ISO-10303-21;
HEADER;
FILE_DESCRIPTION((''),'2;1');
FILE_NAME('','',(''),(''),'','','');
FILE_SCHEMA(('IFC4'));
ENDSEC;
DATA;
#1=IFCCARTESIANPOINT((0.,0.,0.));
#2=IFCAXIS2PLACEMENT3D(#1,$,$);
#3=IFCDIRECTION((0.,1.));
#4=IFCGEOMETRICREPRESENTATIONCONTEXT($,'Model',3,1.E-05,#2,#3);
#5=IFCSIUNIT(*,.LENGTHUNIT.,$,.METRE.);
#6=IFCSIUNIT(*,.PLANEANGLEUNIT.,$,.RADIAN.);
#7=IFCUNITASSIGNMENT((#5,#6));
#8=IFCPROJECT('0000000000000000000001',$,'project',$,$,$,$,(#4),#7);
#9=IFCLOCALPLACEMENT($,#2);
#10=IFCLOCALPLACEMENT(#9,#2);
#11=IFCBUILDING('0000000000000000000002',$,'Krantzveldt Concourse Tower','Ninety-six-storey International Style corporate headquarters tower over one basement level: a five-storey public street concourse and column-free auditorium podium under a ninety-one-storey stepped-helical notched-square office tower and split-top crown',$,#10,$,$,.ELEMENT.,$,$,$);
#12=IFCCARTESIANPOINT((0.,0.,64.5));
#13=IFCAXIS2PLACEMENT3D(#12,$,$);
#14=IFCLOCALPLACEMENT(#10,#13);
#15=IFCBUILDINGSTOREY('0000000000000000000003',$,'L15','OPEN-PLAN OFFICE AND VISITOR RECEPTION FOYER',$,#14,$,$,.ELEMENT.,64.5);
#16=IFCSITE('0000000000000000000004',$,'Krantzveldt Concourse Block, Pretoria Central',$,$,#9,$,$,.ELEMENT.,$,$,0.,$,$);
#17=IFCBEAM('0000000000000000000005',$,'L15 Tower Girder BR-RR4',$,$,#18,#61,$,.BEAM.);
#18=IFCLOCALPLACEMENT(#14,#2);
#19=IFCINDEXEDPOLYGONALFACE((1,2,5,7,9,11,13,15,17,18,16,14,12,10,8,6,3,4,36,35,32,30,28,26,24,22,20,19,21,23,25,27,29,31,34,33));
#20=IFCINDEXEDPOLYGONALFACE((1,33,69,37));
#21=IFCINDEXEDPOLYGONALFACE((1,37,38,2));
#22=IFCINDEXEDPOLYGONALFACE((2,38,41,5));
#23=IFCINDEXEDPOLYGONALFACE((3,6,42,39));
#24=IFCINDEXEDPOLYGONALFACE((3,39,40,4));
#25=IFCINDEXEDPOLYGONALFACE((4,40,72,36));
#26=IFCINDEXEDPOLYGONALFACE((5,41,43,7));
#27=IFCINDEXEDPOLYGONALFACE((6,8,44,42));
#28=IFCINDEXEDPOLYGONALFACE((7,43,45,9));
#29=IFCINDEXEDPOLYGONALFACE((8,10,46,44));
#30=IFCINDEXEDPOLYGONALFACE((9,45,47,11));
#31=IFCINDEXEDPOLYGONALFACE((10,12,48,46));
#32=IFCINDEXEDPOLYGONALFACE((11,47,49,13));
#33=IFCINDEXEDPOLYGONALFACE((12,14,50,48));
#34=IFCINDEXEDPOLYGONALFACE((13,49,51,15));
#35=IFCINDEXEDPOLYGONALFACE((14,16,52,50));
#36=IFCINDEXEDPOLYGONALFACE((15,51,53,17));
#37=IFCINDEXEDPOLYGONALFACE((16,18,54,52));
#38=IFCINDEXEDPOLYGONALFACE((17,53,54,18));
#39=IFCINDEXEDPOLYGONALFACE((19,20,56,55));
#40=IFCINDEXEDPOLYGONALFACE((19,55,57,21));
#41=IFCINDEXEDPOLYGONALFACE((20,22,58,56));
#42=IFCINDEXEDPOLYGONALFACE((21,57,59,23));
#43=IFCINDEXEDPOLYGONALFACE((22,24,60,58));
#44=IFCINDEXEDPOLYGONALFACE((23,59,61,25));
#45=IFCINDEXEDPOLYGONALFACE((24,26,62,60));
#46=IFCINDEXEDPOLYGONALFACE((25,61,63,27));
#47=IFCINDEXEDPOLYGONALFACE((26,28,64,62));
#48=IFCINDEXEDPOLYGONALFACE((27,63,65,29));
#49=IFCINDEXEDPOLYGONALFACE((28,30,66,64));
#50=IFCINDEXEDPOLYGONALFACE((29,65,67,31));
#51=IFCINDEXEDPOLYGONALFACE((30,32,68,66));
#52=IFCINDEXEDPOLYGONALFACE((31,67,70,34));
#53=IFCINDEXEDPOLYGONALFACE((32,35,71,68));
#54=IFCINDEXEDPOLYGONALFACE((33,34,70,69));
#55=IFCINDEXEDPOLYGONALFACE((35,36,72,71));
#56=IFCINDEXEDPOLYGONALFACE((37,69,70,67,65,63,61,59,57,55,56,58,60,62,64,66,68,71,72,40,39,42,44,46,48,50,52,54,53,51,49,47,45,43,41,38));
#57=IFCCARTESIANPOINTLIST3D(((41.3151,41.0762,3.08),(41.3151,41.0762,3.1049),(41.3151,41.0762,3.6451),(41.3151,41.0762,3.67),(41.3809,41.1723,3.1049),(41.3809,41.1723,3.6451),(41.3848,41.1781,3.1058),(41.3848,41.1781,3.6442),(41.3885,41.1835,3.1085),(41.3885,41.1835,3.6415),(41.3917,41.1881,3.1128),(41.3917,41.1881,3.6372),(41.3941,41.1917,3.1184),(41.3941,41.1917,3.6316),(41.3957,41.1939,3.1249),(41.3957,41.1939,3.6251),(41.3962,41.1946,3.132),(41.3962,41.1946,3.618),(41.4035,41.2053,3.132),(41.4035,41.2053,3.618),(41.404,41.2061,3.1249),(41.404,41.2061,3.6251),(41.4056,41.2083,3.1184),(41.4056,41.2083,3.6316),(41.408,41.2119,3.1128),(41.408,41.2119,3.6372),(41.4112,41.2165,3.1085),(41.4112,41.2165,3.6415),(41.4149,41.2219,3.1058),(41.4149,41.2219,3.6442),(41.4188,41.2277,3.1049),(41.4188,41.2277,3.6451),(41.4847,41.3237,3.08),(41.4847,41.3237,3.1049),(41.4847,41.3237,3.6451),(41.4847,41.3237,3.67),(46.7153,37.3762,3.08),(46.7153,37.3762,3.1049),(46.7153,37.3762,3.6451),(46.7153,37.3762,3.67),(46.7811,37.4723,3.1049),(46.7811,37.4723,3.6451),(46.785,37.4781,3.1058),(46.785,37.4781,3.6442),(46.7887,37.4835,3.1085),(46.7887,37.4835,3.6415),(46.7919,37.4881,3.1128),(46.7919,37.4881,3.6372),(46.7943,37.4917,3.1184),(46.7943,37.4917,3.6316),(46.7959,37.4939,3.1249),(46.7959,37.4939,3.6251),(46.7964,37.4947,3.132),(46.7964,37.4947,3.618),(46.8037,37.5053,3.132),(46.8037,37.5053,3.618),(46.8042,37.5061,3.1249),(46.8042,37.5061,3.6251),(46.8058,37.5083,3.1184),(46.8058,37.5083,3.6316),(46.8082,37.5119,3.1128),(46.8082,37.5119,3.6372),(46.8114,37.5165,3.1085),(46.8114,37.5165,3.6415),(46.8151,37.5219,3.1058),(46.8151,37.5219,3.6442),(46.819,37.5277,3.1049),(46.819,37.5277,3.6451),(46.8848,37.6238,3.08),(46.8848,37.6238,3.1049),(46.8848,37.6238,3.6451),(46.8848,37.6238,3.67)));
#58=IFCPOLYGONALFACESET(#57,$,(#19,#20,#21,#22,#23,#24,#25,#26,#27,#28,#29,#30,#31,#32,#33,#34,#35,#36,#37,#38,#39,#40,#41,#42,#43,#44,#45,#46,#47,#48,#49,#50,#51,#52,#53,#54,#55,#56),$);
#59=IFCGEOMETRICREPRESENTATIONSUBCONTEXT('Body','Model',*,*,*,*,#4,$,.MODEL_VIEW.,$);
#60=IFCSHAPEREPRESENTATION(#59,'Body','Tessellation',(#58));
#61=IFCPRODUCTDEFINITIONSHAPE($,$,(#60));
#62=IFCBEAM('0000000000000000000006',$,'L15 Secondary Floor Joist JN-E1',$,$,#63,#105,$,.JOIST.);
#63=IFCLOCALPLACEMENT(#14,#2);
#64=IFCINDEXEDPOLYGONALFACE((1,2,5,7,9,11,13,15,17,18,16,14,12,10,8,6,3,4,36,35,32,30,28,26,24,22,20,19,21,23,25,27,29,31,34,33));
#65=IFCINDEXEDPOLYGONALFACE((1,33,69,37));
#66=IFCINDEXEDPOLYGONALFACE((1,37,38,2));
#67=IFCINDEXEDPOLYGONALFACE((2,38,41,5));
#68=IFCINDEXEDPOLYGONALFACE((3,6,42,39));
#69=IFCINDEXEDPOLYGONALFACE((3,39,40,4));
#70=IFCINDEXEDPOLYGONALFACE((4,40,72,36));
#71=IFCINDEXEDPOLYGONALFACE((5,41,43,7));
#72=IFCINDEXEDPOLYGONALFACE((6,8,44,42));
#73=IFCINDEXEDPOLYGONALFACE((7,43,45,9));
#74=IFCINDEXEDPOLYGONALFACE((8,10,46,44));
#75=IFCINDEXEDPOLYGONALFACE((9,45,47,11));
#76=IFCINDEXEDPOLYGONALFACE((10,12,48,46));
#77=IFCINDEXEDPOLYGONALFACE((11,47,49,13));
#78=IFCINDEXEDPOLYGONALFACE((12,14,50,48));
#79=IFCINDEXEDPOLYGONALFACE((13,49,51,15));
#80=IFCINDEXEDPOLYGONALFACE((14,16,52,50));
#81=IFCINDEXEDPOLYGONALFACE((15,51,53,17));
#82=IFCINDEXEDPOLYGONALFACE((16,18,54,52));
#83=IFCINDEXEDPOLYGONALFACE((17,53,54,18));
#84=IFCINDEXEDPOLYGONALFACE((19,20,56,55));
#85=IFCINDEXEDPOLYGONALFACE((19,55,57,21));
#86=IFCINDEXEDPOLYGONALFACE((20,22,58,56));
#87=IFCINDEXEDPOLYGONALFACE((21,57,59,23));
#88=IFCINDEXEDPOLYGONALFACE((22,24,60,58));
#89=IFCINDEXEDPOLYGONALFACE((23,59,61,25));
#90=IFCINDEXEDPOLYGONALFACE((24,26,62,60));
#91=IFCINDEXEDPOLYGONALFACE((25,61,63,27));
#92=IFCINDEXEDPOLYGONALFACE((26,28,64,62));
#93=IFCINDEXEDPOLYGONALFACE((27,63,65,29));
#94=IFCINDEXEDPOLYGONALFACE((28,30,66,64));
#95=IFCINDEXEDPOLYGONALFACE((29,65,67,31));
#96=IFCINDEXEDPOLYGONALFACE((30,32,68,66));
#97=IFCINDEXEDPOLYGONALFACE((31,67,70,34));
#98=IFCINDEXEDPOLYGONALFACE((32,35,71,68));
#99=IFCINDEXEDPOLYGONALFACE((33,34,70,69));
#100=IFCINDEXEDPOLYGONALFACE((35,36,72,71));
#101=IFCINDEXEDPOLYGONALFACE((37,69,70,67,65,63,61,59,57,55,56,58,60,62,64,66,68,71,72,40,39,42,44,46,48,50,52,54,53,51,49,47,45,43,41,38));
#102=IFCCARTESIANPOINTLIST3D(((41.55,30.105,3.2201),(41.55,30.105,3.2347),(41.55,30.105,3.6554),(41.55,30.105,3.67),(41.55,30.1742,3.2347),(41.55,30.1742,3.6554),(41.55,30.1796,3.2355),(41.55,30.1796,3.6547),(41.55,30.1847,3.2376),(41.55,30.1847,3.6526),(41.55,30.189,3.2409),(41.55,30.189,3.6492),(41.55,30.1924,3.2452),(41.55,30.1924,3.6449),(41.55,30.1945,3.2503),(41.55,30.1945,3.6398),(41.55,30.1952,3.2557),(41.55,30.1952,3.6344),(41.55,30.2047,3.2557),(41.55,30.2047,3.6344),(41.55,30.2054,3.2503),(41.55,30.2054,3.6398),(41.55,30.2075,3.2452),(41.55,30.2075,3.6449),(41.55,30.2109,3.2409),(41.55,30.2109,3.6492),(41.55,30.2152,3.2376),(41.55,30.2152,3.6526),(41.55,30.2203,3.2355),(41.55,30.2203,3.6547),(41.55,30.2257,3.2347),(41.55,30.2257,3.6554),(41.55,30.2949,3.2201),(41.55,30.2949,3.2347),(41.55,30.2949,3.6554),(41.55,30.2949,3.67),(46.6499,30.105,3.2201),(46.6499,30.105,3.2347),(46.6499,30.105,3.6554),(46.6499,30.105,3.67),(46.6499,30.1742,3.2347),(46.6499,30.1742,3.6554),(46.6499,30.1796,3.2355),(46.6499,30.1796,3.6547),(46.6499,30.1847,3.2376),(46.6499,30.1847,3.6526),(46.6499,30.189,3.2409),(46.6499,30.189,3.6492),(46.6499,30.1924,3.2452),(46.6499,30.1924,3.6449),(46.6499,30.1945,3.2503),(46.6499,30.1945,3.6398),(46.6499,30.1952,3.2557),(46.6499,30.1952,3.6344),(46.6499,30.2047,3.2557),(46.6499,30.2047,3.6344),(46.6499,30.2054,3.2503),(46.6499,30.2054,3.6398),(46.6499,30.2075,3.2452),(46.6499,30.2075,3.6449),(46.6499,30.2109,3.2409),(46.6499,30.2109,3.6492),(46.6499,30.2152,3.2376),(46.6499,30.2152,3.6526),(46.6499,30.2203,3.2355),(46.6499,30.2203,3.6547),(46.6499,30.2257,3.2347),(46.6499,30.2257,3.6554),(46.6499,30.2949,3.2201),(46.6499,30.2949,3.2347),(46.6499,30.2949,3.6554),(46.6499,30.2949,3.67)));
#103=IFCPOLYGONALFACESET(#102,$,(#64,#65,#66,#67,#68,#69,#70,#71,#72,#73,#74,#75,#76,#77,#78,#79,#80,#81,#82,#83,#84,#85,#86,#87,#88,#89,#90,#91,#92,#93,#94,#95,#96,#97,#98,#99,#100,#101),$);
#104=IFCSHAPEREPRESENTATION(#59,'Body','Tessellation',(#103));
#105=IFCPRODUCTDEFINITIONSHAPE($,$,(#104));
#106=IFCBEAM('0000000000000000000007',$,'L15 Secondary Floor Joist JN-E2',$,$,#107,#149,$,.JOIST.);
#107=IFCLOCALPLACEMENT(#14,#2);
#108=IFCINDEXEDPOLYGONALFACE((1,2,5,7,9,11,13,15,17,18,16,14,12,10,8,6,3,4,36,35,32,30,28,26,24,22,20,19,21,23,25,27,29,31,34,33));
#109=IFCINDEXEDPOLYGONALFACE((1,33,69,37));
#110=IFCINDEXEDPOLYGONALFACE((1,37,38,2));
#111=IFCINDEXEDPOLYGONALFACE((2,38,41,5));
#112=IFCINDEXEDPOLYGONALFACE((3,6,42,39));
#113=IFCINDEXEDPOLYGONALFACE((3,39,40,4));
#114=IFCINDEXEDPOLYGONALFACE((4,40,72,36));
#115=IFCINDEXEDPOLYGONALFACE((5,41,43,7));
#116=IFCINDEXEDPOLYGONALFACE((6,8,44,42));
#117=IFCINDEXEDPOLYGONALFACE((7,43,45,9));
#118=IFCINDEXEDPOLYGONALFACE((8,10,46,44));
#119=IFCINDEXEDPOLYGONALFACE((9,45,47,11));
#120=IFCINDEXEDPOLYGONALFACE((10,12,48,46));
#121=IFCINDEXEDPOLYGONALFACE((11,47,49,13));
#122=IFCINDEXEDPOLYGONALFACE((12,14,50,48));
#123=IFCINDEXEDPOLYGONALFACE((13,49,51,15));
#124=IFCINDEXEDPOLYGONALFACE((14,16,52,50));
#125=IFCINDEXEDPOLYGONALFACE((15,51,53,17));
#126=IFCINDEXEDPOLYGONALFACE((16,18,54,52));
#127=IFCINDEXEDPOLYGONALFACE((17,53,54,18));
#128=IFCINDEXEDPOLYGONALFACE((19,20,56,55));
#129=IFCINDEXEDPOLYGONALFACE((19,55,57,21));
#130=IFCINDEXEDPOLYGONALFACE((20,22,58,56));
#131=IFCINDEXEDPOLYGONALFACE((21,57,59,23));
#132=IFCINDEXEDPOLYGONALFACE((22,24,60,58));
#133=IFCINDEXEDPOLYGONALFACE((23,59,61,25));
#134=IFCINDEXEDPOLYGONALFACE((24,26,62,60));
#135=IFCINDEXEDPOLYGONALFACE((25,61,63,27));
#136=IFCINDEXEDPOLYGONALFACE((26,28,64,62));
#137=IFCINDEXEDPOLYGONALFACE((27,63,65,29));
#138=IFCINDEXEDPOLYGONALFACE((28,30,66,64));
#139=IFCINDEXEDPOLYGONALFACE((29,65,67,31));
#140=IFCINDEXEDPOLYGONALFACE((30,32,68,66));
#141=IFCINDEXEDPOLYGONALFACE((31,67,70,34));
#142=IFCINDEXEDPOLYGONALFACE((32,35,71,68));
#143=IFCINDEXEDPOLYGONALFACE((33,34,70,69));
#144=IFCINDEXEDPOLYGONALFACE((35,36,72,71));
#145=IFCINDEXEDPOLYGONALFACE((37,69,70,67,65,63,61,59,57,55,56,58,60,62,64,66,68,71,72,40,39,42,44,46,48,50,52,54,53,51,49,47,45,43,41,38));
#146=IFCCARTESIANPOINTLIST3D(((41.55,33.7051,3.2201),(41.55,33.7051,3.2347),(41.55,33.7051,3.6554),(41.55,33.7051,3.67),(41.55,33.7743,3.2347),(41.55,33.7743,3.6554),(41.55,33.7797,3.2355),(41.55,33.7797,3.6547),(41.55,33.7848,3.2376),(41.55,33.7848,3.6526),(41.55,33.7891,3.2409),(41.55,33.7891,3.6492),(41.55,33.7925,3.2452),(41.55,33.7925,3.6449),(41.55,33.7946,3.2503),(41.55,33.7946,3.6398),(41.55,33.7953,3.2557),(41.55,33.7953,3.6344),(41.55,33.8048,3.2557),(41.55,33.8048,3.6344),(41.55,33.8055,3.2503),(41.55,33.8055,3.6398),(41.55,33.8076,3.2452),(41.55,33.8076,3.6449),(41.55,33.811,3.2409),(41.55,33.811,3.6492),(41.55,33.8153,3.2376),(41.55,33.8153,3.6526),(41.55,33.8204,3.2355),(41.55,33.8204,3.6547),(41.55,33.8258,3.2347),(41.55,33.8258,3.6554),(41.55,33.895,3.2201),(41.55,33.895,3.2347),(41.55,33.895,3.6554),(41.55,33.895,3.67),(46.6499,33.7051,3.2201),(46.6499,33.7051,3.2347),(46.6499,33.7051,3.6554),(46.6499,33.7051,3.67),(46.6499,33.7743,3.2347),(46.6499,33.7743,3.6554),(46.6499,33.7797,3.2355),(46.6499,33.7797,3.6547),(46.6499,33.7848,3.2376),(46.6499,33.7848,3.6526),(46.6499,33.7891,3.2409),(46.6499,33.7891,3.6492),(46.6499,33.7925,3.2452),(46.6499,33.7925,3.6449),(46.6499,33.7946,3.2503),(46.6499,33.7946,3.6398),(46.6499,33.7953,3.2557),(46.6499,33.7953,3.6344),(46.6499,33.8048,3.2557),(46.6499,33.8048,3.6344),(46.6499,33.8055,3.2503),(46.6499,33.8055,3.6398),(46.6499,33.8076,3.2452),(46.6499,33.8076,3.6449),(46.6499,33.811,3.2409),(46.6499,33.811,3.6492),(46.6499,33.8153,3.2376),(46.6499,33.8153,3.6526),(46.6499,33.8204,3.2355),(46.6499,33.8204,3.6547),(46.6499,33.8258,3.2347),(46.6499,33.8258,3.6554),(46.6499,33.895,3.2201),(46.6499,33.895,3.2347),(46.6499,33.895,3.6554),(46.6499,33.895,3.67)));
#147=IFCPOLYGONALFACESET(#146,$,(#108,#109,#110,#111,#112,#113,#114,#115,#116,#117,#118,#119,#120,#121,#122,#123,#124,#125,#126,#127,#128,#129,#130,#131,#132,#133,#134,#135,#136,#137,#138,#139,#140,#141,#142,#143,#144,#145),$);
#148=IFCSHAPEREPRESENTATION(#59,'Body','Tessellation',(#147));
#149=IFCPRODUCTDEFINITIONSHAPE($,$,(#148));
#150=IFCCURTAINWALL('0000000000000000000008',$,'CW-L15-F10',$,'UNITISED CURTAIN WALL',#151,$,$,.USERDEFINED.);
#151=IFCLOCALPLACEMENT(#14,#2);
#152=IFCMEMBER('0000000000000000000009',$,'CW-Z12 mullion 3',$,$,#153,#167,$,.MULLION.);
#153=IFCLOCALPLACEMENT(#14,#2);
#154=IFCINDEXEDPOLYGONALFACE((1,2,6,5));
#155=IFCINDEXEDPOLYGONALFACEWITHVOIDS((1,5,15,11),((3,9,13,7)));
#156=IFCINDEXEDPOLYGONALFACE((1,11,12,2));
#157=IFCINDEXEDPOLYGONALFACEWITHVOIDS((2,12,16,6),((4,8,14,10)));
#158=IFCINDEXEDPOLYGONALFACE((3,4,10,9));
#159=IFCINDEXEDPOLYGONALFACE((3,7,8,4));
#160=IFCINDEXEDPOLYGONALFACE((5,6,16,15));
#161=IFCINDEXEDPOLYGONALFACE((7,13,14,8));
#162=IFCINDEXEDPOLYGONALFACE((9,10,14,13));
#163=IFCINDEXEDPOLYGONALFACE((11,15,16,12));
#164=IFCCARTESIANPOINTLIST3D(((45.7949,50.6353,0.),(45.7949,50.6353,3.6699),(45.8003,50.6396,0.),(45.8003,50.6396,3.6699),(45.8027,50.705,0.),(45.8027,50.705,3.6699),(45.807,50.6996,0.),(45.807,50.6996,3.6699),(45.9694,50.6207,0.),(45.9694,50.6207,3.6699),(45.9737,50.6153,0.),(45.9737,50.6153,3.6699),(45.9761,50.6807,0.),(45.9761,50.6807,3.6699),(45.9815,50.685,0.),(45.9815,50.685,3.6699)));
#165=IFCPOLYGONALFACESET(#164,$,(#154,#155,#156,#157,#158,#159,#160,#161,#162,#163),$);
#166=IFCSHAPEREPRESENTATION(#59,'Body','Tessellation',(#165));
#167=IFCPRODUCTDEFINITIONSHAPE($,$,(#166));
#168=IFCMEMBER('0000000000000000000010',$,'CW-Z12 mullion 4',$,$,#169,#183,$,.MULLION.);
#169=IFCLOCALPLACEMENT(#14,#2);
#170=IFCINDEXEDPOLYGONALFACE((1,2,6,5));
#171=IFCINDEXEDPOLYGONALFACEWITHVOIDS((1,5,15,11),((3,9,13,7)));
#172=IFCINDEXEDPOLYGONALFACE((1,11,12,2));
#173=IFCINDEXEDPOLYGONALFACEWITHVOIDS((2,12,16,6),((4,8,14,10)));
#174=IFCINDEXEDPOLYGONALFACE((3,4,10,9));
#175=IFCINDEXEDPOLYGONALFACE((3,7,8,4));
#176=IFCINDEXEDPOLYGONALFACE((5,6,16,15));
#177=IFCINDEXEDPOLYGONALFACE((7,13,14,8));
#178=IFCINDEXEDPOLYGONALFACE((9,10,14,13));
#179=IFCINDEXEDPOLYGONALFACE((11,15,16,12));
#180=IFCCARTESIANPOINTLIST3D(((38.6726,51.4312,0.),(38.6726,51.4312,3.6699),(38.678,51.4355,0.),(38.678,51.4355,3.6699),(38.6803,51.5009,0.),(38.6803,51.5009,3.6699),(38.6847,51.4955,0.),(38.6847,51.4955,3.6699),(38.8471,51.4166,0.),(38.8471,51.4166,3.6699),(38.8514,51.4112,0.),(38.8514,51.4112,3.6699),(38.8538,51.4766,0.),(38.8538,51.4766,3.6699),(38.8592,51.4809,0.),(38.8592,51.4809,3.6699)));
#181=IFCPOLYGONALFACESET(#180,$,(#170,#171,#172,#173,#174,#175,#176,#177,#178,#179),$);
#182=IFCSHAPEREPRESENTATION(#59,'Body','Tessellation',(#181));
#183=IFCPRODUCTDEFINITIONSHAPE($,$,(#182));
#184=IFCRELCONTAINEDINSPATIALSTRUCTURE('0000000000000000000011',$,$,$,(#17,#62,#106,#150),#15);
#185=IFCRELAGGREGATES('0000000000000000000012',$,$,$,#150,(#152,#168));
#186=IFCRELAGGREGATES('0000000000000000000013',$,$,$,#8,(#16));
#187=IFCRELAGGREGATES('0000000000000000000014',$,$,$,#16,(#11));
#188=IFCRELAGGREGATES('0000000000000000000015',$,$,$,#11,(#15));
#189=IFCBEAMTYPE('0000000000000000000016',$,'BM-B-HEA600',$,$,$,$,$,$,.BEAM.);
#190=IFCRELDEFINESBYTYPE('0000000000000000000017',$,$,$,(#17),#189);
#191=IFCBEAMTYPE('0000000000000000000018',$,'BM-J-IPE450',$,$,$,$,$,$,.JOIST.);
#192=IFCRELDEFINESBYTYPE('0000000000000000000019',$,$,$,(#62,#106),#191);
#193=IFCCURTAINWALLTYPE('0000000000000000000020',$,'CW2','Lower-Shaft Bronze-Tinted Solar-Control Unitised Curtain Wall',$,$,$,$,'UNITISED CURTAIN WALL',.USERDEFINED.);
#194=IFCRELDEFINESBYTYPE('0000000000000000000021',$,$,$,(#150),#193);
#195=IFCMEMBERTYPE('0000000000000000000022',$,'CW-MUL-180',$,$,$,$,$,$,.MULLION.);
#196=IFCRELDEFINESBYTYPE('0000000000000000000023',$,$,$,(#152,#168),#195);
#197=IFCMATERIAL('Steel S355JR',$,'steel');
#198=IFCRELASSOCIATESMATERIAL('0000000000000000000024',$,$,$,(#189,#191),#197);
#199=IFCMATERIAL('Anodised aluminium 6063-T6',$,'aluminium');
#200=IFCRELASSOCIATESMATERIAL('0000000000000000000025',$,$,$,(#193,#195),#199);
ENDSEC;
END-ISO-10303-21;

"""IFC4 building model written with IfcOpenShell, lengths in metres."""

from ifc_helpers import new_model, si_unit, direction, frame, origin, origin_2d, place, context, subcontext, project, spatial, hollow_rectangle, i_section, extrude, source, transform, mapped, material, material_profile, profile_set, type_object, type_shapes, element, aggregate, save


model = new_model("IFC4")

# Units and contexts
model_context = context("Model", 3, precision=1e-05, world=origin(), true_north=direction((0.0, 1.0)))
body_context = subcontext(model_context, "Body", "Model", "MODEL_VIEW")
ifc_project = project(units=[si_unit("LENGTHUNIT", "METRE"), si_unit("PLANEANGLEUNIT", "RADIAN")], contexts=[model_context])

# Site, building, storey
site_placement = place(None, origin())
site = spatial("IfcSite", under=ifc_project, at=site_placement, Name="Krantzveldt Concourse Block, Pretoria Central", CompositionType="ELEMENT", RefElevation=0.0)
building_placement = place(site_placement, origin())
building = spatial("IfcBuilding", under=site, at=building_placement, Name="Krantzveldt Concourse Tower", Description="Ninety-six-storey International Style corporate headquarters tower over one basement level: a five-storey public street concourse and column-free auditorium podium under a ninety-one-storey stepped-helical notched-square office tower and split-top crown", CompositionType="ELEMENT")
storey_placement = place(building_placement, frame((0.0, 0.0, 64.5)))
storey = spatial("IfcBuildingStorey", under=building, at=storey_placement, Name="L15", Description="OPEN-PLAN OFFICE AND VISITOR RECEPTION FOYER", CompositionType="ELEMENT", Elevation=64.5)

# Beams
ifc_material_1 = material(Name="Steel S355JR", Category="steel")
ifc_material_profile_1 = material_profile(ifc_material_1, i_section(OverallWidth=0.3, OverallDepth=0.5901, WebThickness=0.0129, FlangeThickness=0.0249, FilletRadius=0.0271, at=origin_2d()), Name="Steel S355JR", Category="steel")
ifc_profile_set_1 = profile_set([ifc_material_profile_1], Name="Steel S355JR - HEA 600")
beam_type_1 = type_object("IfcBeamType", Name="BM-B-HEA600", PredefinedType="BEAM", material=ifc_profile_set_1)
shared_shape_1 = source(origin(), body_context, "Body", "SweptSolid", [
    extrude(i_section(OverallWidth=0.3, OverallDepth=0.5901, WebThickness=0.0129, FlangeThickness=0.0249, FilletRadius=0.0271, at=origin_2d()), origin(), (0.0, 0.0, 1.0), 6.5461),
])
beam_1_placement = place(storey_placement, frame((46.8, 37.5, 3.375), z_axis=(-0.824943, 0.565216, 0.0), x_axis=(-0.565216, -0.824943, 0.0)))
element("IfcBeam", 1, at=beam_1_placement, inside=storey, type_object=beam_type_1, Name="L15 Tower Girder BR-RR4", PredefinedType="BEAM", context=body_context, shape_type="MappedRepresentation", body=[
    mapped(shared_shape_1, transform((0.0, 0.0, 0.0), x_axis=(1.0, 0.0, 0.0), y_axis=(0.0, 1.0, 0.0), z_axis=(0.0, 0.0, 1.0), scale=1.0)),
])
ifc_material_profile_2 = material_profile(ifc_material_1, i_section(OverallWidth=0.1899, OverallDepth=0.45, WebThickness=0.0095, FlangeThickness=0.0146, FilletRadius=0.021, at=origin_2d()), Name="Steel S355JR", Category="steel")
ifc_profile_set_2 = profile_set([ifc_material_profile_2], Name="Steel S355JR - IPE 450")
beam_type_2 = type_object("IfcBeamType", Name="BM-J-IPE450", PredefinedType="JOIST", material=ifc_profile_set_2)
shared_shape_2 = source(origin(), body_context, "Body", "SweptSolid", [
    extrude(i_section(OverallWidth=0.1899, OverallDepth=0.45, WebThickness=0.0095, FlangeThickness=0.0146, FilletRadius=0.021, at=origin_2d()), origin(), (0.0, 0.0, 1.0), 5.0999),
])
type_shapes(beam_type_2, [shared_shape_2])
for number, where, z_axis, x_axis, name in (
    (2, (41.55, 30.2, 3.4451), (1.0, 0.0, 0.0), (0.0, 1.0, 0.0), "L15 Secondary Floor Joist JN-E1"),
    (3, (41.55, 33.8, 3.4451), (1.0, 0.0, 0.0), (0.0, 1.0, 0.0), "L15 Secondary Floor Joist JN-E2"),
):
    element("IfcBeam", number, at=place(storey_placement, frame(where, z_axis=z_axis, x_axis=x_axis)), inside=storey, type_object=beam_type_2, Name=name, PredefinedType="JOIST", context=body_context, shape_type="MappedRepresentation", body=[
        mapped(shared_shape_2, transform((0.0, 0.0, 0.0), x_axis=(1.0, 0.0, 0.0), y_axis=(0.0, 1.0, 0.0), z_axis=(0.0, 0.0, 1.0), scale=1.0)),
    ])

# Curtain wall, members
ifc_material_2 = material(Name="Anodised aluminium 6063-T6", Category="aluminium")
curtain_wall_type = type_object("IfcCurtainWallType", Name="CW2", Description="Lower-Shaft Bronze-Tinted Solar-Control Unitised Curtain Wall", ElementType="UNITISED CURTAIN WALL", PredefinedType="USERDEFINED", material=ifc_material_2)
curtain_wall_placement = place(storey_placement, origin())
curtain_wall = element("IfcCurtainWall", 4, at=curtain_wall_placement, inside=storey, type_object=curtain_wall_type, Name="CW-L15-F10", ObjectType="UNITISED CURTAIN WALL", PredefinedType="USERDEFINED")
ifc_material_profile_3 = material_profile(ifc_material_2, hollow_rectangle(XDim=0.0701, YDim=0.1799, WallThickness=0.0049, at=origin_2d()), Name="Anodised aluminium 6063-T6", Category="aluminium")
ifc_profile_set_3 = profile_set([ifc_material_profile_3], Name="Anodised aluminium 6063-T6 - ALU-MULL 180x70x5")
member_type_1 = type_object("IfcMemberType", Name="CW-MUL-180", PredefinedType="MULLION", material=ifc_profile_set_3)
shared_shape_3 = source(origin(), body_context, "Body", "SweptSolid", [
    extrude(hollow_rectangle(XDim=0.0701, YDim=0.1799, WallThickness=0.0049, at=origin_2d()), origin(), (0.0, 0.0, 1.0), 3.6699),
])
type_shapes(member_type_1, [shared_shape_3])
member_1_placement = place(storey_placement, frame((45.8882, 50.6602, 0.0), z_axis=(0.0, 0.0, 1.0), x_axis=(-0.111035, -0.993816, 0.0)))
member_1 = element("IfcMember", 5, at=member_1_placement, type_object=member_type_1, Name="CW-Z12 mullion 3", PredefinedType="MULLION", context=body_context, shape_type="MappedRepresentation", body=[
    mapped(shared_shape_3, transform((0.0, 0.0, 0.0), x_axis=(1.0, 0.0, 0.0), y_axis=(0.0, 1.0, 0.0), z_axis=(0.0, 0.0, 1.0), scale=1.0)),
])
member_2_placement = place(storey_placement, frame((38.7659, 51.4561, 0.0), z_axis=(0.0, 0.0, 1.0), x_axis=(-0.111035, -0.993816, 0.0)))
member_2 = element("IfcMember", 6, at=member_2_placement, type_object=member_type_1, Name="CW-Z12 mullion 4", PredefinedType="MULLION", context=body_context, shape_type="MappedRepresentation", body=[
    mapped(shared_shape_3, transform((0.0, 0.0, 0.0), x_axis=(1.0, 0.0, 0.0), y_axis=(0.0, 1.0, 0.0), z_axis=(0.0, 0.0, 1.0), scale=1.0)),
])
aggregate(curtain_wall, [member_1, member_2])

save(model, "model.ifc")
